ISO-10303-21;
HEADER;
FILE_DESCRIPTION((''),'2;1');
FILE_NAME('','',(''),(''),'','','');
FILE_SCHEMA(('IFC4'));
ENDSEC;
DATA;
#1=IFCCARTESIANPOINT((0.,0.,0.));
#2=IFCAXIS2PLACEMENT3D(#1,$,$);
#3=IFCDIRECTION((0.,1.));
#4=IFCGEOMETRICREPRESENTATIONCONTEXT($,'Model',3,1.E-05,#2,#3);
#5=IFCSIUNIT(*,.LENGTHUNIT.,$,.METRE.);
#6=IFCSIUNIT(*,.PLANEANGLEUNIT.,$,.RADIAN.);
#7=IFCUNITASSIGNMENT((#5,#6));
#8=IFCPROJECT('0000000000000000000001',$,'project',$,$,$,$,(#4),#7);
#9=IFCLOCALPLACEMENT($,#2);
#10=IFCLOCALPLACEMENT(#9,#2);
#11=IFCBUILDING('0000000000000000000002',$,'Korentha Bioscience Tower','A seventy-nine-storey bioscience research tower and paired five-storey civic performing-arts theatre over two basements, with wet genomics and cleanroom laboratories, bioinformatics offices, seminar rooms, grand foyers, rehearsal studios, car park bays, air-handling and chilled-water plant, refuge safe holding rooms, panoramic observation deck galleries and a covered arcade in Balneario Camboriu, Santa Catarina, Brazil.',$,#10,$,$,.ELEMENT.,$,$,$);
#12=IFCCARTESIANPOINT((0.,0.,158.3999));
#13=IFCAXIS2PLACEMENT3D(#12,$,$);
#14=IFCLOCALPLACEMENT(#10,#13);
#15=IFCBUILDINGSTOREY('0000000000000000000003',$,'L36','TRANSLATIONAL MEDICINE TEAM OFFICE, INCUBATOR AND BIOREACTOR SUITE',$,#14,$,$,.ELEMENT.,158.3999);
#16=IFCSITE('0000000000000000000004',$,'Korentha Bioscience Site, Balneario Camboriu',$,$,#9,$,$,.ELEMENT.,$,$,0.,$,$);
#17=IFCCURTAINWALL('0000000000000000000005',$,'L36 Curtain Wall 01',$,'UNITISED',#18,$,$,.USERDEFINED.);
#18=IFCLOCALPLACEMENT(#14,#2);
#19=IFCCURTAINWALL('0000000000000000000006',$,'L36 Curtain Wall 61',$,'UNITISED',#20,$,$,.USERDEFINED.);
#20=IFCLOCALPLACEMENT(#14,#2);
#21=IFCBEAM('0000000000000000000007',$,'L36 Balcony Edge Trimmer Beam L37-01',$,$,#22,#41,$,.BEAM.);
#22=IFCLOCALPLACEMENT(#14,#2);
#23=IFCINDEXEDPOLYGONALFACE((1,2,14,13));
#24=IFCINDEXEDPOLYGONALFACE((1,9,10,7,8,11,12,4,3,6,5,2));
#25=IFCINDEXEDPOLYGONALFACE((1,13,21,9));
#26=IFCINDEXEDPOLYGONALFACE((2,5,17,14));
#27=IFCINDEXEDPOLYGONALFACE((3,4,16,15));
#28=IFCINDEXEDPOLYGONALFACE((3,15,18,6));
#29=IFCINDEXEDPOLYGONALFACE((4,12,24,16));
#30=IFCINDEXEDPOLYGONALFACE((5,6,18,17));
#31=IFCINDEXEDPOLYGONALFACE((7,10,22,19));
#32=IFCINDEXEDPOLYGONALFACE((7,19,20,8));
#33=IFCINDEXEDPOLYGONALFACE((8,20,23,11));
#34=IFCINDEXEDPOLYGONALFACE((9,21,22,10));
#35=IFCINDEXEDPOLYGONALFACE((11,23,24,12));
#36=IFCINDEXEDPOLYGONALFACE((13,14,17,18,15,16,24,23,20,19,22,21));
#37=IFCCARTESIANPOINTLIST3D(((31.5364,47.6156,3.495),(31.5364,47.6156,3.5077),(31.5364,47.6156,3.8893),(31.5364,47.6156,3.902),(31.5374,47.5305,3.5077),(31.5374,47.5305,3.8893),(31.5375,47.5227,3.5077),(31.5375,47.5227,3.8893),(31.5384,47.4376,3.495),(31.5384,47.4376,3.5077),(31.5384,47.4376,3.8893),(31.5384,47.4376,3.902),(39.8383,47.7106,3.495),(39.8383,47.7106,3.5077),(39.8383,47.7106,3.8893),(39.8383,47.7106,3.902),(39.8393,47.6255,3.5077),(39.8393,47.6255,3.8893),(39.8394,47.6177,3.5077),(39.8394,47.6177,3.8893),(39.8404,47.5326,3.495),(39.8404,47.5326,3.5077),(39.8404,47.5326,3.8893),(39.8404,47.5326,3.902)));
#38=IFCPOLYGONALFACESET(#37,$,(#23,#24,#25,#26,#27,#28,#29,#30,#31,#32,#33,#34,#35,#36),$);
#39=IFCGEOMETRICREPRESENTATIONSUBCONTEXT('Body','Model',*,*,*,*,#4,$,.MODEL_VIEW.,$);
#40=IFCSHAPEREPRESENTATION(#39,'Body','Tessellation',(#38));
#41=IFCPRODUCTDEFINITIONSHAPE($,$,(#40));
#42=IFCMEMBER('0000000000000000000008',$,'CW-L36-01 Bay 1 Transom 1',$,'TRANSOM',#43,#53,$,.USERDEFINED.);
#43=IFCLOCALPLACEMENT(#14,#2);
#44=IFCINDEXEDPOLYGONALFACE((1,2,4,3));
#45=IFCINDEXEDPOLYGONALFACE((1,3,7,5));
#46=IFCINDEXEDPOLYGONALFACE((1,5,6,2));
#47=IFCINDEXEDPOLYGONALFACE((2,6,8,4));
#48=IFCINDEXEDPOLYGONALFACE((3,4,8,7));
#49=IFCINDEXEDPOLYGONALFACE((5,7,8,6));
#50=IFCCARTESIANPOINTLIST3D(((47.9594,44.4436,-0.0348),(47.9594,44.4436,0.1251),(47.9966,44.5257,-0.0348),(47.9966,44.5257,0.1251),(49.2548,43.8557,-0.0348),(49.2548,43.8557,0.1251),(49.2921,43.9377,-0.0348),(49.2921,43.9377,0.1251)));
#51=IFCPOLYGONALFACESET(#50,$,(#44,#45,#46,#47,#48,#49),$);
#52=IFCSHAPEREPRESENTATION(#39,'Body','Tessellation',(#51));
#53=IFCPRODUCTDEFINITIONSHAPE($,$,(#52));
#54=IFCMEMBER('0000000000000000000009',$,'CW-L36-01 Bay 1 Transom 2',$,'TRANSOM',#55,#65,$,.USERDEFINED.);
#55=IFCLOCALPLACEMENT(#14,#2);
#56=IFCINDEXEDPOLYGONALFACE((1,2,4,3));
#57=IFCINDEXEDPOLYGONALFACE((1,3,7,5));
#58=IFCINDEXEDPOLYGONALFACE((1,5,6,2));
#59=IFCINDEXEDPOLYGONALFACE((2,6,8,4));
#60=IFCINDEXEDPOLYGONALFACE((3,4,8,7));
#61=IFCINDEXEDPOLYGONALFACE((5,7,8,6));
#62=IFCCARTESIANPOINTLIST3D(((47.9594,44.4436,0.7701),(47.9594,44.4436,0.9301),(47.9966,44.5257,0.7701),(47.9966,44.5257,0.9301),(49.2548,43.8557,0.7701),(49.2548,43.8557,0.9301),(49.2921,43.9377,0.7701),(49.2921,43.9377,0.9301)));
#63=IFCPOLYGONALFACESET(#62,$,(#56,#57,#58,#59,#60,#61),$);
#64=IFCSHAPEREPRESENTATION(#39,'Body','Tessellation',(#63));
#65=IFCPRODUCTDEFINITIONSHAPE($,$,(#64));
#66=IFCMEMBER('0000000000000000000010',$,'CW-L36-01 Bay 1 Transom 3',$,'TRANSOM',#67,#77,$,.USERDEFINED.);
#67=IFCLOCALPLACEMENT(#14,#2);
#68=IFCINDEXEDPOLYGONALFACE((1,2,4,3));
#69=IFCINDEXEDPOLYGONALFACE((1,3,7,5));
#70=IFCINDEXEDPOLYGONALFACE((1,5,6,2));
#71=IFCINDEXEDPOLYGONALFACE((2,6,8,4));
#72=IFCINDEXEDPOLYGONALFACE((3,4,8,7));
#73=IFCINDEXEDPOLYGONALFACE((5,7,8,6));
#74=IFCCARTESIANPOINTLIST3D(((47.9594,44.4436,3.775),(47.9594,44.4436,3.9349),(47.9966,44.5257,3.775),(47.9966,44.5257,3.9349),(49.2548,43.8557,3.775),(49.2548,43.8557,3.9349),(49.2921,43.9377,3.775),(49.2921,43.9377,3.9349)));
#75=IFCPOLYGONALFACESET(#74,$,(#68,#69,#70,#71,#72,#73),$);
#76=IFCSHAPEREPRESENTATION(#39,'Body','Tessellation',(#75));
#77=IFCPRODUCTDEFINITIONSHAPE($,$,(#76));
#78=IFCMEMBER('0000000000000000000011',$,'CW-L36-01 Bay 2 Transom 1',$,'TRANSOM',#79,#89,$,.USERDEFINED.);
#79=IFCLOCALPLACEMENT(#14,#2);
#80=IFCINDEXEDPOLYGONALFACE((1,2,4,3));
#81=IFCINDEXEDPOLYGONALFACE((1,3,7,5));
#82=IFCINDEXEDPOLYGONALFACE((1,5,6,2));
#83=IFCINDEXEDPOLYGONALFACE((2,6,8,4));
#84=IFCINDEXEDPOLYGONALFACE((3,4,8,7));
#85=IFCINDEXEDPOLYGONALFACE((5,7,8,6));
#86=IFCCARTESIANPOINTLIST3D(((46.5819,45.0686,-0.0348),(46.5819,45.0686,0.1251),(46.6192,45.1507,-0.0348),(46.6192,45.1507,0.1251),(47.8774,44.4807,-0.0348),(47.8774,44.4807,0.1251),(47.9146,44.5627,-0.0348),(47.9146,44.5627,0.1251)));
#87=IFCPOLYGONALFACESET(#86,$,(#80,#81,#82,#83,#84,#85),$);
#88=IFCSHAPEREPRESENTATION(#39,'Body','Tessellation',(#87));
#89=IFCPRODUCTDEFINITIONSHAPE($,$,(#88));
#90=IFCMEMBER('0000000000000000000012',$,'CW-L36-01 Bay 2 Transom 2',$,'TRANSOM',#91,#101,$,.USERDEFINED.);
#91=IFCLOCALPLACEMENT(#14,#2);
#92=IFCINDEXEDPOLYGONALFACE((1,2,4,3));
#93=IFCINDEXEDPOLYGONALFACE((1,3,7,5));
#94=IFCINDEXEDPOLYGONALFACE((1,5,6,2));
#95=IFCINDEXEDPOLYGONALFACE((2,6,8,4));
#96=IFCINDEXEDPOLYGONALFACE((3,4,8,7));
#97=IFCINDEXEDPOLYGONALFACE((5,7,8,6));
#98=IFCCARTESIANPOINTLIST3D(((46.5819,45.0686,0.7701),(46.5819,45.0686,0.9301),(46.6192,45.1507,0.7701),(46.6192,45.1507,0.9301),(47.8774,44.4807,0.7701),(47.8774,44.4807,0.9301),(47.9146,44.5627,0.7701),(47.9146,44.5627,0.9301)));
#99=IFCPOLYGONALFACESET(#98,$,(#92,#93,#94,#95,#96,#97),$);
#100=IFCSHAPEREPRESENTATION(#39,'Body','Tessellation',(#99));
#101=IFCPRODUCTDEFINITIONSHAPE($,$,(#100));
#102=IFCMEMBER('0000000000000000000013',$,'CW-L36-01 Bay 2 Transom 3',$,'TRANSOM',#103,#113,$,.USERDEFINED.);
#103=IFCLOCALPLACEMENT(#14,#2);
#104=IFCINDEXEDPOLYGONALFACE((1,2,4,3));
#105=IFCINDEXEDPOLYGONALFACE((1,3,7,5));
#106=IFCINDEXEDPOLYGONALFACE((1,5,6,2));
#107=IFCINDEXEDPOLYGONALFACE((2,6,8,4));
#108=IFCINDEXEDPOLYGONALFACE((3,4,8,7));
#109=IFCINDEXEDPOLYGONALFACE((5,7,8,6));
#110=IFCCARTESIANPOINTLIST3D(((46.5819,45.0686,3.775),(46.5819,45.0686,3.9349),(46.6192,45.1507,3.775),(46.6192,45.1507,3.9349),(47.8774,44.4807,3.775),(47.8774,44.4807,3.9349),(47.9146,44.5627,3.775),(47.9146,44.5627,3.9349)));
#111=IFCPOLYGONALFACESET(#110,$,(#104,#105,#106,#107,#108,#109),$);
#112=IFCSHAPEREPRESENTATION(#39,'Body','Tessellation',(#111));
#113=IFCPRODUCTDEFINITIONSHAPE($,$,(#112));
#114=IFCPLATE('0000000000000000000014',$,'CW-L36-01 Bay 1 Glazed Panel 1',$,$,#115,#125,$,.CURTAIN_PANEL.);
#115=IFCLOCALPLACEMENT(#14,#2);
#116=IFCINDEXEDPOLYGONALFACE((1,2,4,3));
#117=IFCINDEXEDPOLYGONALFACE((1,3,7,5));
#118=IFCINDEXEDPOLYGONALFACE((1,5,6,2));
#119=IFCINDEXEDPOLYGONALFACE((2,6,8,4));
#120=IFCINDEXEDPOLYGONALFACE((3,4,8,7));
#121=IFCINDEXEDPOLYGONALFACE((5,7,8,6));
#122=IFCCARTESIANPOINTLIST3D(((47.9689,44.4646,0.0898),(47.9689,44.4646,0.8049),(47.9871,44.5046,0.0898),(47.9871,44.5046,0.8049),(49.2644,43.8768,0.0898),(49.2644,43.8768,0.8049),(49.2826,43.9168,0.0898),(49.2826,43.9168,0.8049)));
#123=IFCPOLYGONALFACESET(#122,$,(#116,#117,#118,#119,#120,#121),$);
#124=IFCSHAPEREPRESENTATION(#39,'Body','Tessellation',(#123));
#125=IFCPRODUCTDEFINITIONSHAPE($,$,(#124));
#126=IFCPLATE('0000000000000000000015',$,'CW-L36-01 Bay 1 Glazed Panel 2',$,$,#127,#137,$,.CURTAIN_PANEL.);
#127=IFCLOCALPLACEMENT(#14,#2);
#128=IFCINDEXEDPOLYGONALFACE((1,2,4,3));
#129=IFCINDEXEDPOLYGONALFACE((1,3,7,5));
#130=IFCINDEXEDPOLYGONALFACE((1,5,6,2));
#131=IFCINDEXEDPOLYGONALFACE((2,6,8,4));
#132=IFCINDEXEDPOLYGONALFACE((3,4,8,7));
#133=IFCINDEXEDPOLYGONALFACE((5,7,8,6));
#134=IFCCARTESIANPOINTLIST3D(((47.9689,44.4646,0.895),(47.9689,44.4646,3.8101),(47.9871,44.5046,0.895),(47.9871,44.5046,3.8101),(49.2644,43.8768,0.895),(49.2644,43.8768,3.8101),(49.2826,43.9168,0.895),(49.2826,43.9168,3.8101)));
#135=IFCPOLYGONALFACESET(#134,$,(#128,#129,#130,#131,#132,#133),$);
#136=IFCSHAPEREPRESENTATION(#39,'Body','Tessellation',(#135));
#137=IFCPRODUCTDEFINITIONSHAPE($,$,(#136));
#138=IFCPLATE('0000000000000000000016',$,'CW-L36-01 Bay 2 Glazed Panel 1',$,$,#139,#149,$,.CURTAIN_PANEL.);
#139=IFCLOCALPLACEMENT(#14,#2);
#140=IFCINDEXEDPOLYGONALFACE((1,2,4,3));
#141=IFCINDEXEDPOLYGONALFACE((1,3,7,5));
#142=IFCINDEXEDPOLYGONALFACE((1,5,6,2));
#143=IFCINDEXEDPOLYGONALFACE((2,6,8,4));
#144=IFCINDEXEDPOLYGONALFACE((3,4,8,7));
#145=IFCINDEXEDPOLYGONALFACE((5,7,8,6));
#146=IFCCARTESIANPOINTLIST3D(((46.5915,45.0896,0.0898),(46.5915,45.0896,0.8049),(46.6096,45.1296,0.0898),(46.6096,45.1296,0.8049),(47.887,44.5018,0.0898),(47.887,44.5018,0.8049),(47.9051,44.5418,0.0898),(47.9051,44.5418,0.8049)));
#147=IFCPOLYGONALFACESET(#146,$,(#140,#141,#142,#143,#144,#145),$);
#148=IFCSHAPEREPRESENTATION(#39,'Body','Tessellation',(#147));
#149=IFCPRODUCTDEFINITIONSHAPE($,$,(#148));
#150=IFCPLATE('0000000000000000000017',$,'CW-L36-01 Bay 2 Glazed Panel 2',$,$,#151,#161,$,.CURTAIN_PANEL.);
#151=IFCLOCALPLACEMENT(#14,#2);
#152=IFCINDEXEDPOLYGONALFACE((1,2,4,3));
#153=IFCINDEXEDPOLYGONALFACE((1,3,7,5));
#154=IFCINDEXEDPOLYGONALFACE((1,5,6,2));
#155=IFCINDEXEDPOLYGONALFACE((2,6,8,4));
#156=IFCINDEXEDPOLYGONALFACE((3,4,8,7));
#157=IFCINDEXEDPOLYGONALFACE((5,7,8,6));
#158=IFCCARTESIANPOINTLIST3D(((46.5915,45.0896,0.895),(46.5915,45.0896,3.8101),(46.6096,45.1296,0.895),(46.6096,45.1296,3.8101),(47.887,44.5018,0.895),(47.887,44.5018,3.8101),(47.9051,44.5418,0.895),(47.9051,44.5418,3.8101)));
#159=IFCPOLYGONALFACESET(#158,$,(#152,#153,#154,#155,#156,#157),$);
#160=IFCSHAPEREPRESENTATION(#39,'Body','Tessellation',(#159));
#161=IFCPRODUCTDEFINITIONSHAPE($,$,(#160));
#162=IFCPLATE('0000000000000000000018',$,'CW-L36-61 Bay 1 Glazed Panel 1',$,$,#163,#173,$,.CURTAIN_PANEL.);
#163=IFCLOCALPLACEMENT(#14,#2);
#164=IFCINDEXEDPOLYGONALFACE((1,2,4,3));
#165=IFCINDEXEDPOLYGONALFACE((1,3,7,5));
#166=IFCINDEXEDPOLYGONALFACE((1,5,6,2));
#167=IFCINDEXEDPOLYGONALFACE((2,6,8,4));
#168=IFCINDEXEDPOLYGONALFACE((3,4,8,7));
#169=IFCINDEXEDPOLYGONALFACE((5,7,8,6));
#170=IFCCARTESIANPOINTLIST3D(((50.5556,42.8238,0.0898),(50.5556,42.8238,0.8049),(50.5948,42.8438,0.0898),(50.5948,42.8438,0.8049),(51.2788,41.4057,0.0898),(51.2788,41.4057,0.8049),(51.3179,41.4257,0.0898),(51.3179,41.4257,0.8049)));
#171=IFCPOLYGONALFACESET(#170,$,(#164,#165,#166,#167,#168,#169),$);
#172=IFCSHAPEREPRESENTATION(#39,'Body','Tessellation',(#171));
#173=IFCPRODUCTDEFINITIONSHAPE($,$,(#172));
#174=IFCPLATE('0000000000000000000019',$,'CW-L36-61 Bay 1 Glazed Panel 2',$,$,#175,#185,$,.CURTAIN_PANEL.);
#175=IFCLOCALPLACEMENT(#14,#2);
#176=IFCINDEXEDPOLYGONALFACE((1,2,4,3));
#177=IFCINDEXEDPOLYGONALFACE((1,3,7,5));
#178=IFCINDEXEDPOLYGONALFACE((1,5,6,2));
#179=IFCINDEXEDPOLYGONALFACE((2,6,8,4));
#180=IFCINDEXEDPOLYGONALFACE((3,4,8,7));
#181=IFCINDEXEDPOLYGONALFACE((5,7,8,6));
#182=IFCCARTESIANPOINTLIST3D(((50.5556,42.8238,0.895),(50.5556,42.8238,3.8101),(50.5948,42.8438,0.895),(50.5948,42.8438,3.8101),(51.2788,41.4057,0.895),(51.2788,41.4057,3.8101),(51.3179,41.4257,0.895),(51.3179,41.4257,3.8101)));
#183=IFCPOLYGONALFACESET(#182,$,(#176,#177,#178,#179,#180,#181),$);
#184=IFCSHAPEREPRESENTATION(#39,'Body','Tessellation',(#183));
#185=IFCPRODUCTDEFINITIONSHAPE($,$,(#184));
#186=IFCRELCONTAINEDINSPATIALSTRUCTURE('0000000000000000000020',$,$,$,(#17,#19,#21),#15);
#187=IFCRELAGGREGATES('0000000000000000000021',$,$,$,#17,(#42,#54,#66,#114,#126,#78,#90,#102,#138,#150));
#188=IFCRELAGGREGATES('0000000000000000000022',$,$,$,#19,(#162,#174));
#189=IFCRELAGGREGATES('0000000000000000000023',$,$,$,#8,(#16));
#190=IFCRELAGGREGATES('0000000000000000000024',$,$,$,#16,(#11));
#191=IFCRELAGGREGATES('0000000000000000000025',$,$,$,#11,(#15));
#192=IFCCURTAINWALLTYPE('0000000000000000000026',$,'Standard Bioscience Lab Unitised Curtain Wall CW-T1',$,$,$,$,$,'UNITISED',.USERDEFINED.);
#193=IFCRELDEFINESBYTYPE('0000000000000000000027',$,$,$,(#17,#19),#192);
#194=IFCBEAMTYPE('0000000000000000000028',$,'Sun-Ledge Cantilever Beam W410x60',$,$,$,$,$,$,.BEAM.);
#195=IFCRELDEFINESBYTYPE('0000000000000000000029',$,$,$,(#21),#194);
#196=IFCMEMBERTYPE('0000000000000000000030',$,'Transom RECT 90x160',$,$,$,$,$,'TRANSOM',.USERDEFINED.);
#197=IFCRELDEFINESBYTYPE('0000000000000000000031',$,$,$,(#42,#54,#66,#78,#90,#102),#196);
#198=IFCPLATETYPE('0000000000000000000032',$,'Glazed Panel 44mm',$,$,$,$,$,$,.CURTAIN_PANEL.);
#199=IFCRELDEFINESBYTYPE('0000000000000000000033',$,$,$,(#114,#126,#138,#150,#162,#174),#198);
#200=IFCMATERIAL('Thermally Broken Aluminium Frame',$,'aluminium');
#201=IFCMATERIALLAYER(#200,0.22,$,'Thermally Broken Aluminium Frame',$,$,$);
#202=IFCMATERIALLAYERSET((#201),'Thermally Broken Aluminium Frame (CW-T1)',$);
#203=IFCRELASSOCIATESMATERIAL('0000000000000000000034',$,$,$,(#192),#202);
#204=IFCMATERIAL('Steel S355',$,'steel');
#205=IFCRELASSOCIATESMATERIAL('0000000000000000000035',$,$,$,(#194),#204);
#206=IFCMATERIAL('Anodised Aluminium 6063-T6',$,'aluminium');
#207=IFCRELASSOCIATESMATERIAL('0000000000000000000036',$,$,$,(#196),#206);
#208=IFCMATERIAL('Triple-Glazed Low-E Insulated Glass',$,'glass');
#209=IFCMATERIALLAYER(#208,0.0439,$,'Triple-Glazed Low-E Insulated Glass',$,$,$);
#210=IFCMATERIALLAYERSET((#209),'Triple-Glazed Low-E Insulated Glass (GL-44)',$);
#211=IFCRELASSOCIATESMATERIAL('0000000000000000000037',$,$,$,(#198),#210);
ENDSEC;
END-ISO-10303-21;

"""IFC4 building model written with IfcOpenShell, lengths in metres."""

from ifc_helpers import new_model, si_unit, direction, frame, origin, origin_2d, place, context, subcontext, project, spatial, rectangle, i_section, extrude, material, layer, layer_set, material_profile, profile_set, type_object, element, aggregate, save


model = new_model("IFC4")

# Units and contexts
model_context = context("Model", 3, precision=1e-05, world=origin(), true_north=direction((0.0, 1.0)))
body_context = subcontext(model_context, "Body", "Model", "MODEL_VIEW")
ifc_project = project(units=[si_unit("LENGTHUNIT", "METRE"), si_unit("PLANEANGLEUNIT", "RADIAN")], contexts=[model_context])

# Site, building, storey
site_placement = place(None, origin())
site = spatial("IfcSite", under=ifc_project, at=site_placement, Name="Korentha Bioscience Site, Balneario Camboriu", CompositionType="ELEMENT", RefElevation=0.0)
building_placement = place(site_placement, origin())
building = spatial("IfcBuilding", under=site, at=building_placement, Name="Korentha Bioscience Tower", Description="A seventy-nine-storey bioscience research tower and paired five-storey civic performing-arts theatre over two basements, with wet genomics and cleanroom laboratories, bioinformatics offices, seminar rooms, grand foyers, rehearsal studios, car park bays, air-handling and chilled-water plant, refuge safe holding rooms, panoramic observation deck galleries and a covered arcade in Balneario Camboriu, Santa Catarina, Brazil.", CompositionType="ELEMENT")
storey_placement = place(building_placement, frame((0.0, 0.0, 158.3999)))
storey = spatial("IfcBuildingStorey", under=building, at=storey_placement, Name="L36", Description="TRANSLATIONAL MEDICINE TEAM OFFICE, INCUBATOR AND BIOREACTOR SUITE", CompositionType="ELEMENT", Elevation=158.3999)

# Curtain wall
ifc_material_1 = material(Name="Thermally Broken Aluminium Frame", Category="aluminium")
ifc_layer_1 = layer(ifc_material_1, 0.22, Name="Thermally Broken Aluminium Frame")
ifc_layer_set_1 = layer_set([ifc_layer_1], Name="Thermally Broken Aluminium Frame (CW-T1)")
curtain_wall_type = type_object("IfcCurtainWallType", Name="Standard Bioscience Lab Unitised Curtain Wall CW-T1", ElementType="UNITISED", PredefinedType="USERDEFINED", material=ifc_layer_set_1)
curtain_wall_1_placement = place(storey_placement, origin())
curtain_wall_1 = element("IfcCurtainWall", 1, at=curtain_wall_1_placement, inside=storey, type_object=curtain_wall_type, Name="L36 Curtain Wall 01", ObjectType="UNITISED", PredefinedType="USERDEFINED")
ifc_material_2 = material(Name="Anodised Aluminium 6063-T6", Category="aluminium")

# Curtain wall
curtain_wall_2_placement = place(storey_placement, origin())
curtain_wall_2 = element("IfcCurtainWall", 2, at=curtain_wall_2_placement, inside=storey, type_object=curtain_wall_type, Name="L36 Curtain Wall 61", ObjectType="UNITISED", PredefinedType="USERDEFINED")

# Beam
ifc_material_3 = material(Name="Steel S355", Category="steel")
ifc_material_profile_1 = material_profile(ifc_material_3, i_section(OverallWidth=0.178, OverallDepth=0.407, WebThickness=0.0078, FlangeThickness=0.0127, at=origin_2d()), Name="Steel S355")
ifc_profile_set_1 = profile_set([ifc_material_profile_1], Name="Steel S355 (CB-410)")
beam_type_1 = type_object("IfcBeamType", Name="Sun-Ledge Cantilever Beam W410x60", PredefinedType="BEAM", material=ifc_profile_set_1)
beam_1_placement = place(storey_placement, frame((39.8394, 47.6216, 3.6985), z_axis=(-0.999935, -0.011439, 0.0), x_axis=(0.011439, -0.999935, 0.0)))
element("IfcBeam", 3, at=beam_1_placement, inside=storey, type_object=beam_type_1, Name="L36 Balcony Edge Trimmer Beam L37-01", PredefinedType="BEAM", context=body_context, shape_type="SweptSolid", body=[
    extrude(i_section(OverallWidth=0.178, OverallDepth=0.407, WebThickness=0.0078, FlangeThickness=0.0127, at=origin_2d()), origin(), (0.0, 0.0, 1.0), 8.3025),
])

# Members
ifc_material_profile_2 = material_profile(ifc_material_2, rectangle(XDim=0.0901, YDim=0.1599, at=origin_2d()), Name="Anodised Aluminium 6063-T6")
ifc_profile_set_2 = profile_set([ifc_material_profile_2], Name="Anodised Aluminium 6063-T6 (CW-TRN)")
member_type_1 = type_object("IfcMemberType", Name="Transom RECT 90x160", ElementType="TRANSOM", PredefinedType="USERDEFINED", material=ifc_profile_set_2)
member_1_placement = place(storey_placement, frame((49.2734, 43.8967, 0.0452), z_axis=(-0.910613, 0.41326, 0.0), x_axis=(-0.41326, -0.910613, 0.0)))
member_1 = element("IfcMember", 4, at=member_1_placement, type_object=member_type_1, Name="CW-L36-01 Bay 1 Transom 1", ObjectType="TRANSOM", PredefinedType="USERDEFINED", context=body_context, shape_type="SweptSolid", body=[
    extrude(rectangle(XDim=0.0901, YDim=0.1599, at=origin_2d()), origin(), (0.0, 0.0, 1.0), 1.4226),
])
member_2_placement = place(storey_placement, frame((49.2734, 43.8967, 0.8501), z_axis=(-0.910613, 0.41326, 0.0), x_axis=(-0.41326, -0.910613, 0.0)))
member_2 = element("IfcMember", 5, at=member_2_placement, type_object=member_type_1, Name="CW-L36-01 Bay 1 Transom 2", ObjectType="TRANSOM", PredefinedType="USERDEFINED", context=body_context, shape_type="SweptSolid", body=[
    extrude(rectangle(XDim=0.0901, YDim=0.1599, at=origin_2d()), origin(), (0.0, 0.0, 1.0), 1.4226),
])
member_3_placement = place(storey_placement, frame((49.2734, 43.8967, 3.855), z_axis=(-0.910613, 0.41326, 0.0), x_axis=(-0.41326, -0.910613, 0.0)))
member_3 = element("IfcMember", 6, at=member_3_placement, type_object=member_type_1, Name="CW-L36-01 Bay 1 Transom 3", ObjectType="TRANSOM", PredefinedType="USERDEFINED", context=body_context, shape_type="SweptSolid", body=[
    extrude(rectangle(XDim=0.0901, YDim=0.1599, at=origin_2d()), origin(), (0.0, 0.0, 1.0), 1.4226),
])
member_4_placement = place(storey_placement, frame((47.896, 44.5217, 0.0452), z_axis=(-0.910613, 0.41326, 0.0), x_axis=(-0.41326, -0.910613, 0.0)))
member_4 = element("IfcMember", 7, at=member_4_placement, type_object=member_type_1, Name="CW-L36-01 Bay 2 Transom 1", ObjectType="TRANSOM", PredefinedType="USERDEFINED", context=body_context, shape_type="SweptSolid", body=[
    extrude(rectangle(XDim=0.0901, YDim=0.1599, at=origin_2d()), origin(), (0.0, 0.0, 1.0), 1.4226),
])
member_5_placement = place(storey_placement, frame((47.896, 44.5217, 0.8501), z_axis=(-0.910613, 0.41326, 0.0), x_axis=(-0.41326, -0.910613, 0.0)))
member_5 = element("IfcMember", 8, at=member_5_placement, type_object=member_type_1, Name="CW-L36-01 Bay 2 Transom 2", ObjectType="TRANSOM", PredefinedType="USERDEFINED", context=body_context, shape_type="SweptSolid", body=[
    extrude(rectangle(XDim=0.0901, YDim=0.1599, at=origin_2d()), origin(), (0.0, 0.0, 1.0), 1.4226),
])
member_6_placement = place(storey_placement, frame((47.896, 44.5217, 3.855), z_axis=(-0.910613, 0.41326, 0.0), x_axis=(-0.41326, -0.910613, 0.0)))
member_6 = element("IfcMember", 9, at=member_6_placement, type_object=member_type_1, Name="CW-L36-01 Bay 2 Transom 3", ObjectType="TRANSOM", PredefinedType="USERDEFINED", context=body_context, shape_type="SweptSolid", body=[
    extrude(rectangle(XDim=0.0901, YDim=0.1599, at=origin_2d()), origin(), (0.0, 0.0, 1.0), 1.4226),
])

# Plates
ifc_material_4 = material(Name="Triple-Glazed Low-E Insulated Glass", Category="glass")
ifc_layer_2 = layer(ifc_material_4, 0.0439, Name="Triple-Glazed Low-E Insulated Glass")
ifc_layer_set_2 = layer_set([ifc_layer_2], Name="Triple-Glazed Low-E Insulated Glass (GL-44)")
plate_type = type_object("IfcPlateType", Name="Glazed Panel 44mm", PredefinedType="CURTAIN_PANEL", material=ifc_layer_set_2)
plate_1_placement = place(storey_placement, frame((48.6257, 44.1907, 0.0898), z_axis=(0.0, 0.0, 1.0), x_axis=(-0.910644, 0.413191, 0.0)))
plate_1 = element("IfcPlate", 10, at=plate_1_placement, type_object=plate_type, Name="CW-L36-01 Bay 1 Glazed Panel 1", PredefinedType="CURTAIN_PANEL", context=body_context, shape_type="SweptSolid", body=[
    extrude(rectangle(XDim=1.4226, YDim=0.0439, at=origin_2d()), origin(), (0.0, 0.0, 1.0), 0.7151),
])
plate_2_placement = place(storey_placement, frame((48.6257, 44.1907, 0.895), z_axis=(0.0, 0.0, 1.0), x_axis=(-0.910644, 0.413191, 0.0)))
plate_2 = element("IfcPlate", 11, at=plate_2_placement, type_object=plate_type, Name="CW-L36-01 Bay 1 Glazed Panel 2", PredefinedType="CURTAIN_PANEL", context=body_context, shape_type="SweptSolid", body=[
    extrude(rectangle(XDim=1.4226, YDim=0.0439, at=origin_2d()), origin(), (0.0, 0.0, 1.0), 2.915),
])
plate_3_placement = place(storey_placement, frame((47.2483, 44.8157, 0.0898), z_axis=(0.0, 0.0, 1.0), x_axis=(-0.910644, 0.413191, 0.0)))
plate_3 = element("IfcPlate", 12, at=plate_3_placement, type_object=plate_type, Name="CW-L36-01 Bay 2 Glazed Panel 1", PredefinedType="CURTAIN_PANEL", context=body_context, shape_type="SweptSolid", body=[
    extrude(rectangle(XDim=1.4226, YDim=0.0439, at=origin_2d()), origin(), (0.0, 0.0, 1.0), 0.7151),
])
plate_4_placement = place(storey_placement, frame((47.2483, 44.8157, 0.895), z_axis=(0.0, 0.0, 1.0), x_axis=(-0.910644, 0.413191, 0.0)))
plate_4 = element("IfcPlate", 13, at=plate_4_placement, type_object=plate_type, Name="CW-L36-01 Bay 2 Glazed Panel 2", PredefinedType="CURTAIN_PANEL", context=body_context, shape_type="SweptSolid", body=[
    extrude(rectangle(XDim=1.4226, YDim=0.0439, at=origin_2d()), origin(), (0.0, 0.0, 1.0), 2.915),
])
aggregate(curtain_wall_1, [member_1, member_2, member_3, plate_1, plate_2, member_4, member_5, member_6, plate_3, plate_4])
plate_5_placement = place(storey_placement, frame((50.9368, 42.1248, 0.0898), z_axis=(0.0, 0.0, 1.0), x_axis=(-0.454288, 0.890855, 0.0)))
plate_5 = element("IfcPlate", 14, at=plate_5_placement, type_object=plate_type, Name="CW-L36-61 Bay 1 Glazed Panel 1", PredefinedType="CURTAIN_PANEL", context=body_context, shape_type="SweptSolid", body=[
    extrude(rectangle(XDim=1.5918, YDim=0.0439, at=origin_2d()), origin(), (0.0, 0.0, 1.0), 0.7151),
])
plate_6_placement = place(storey_placement, frame((50.9368, 42.1248, 0.895), z_axis=(0.0, 0.0, 1.0), x_axis=(-0.454288, 0.890855, 0.0)))
plate_6 = element("IfcPlate", 15, at=plate_6_placement, type_object=plate_type, Name="CW-L36-61 Bay 1 Glazed Panel 2", PredefinedType="CURTAIN_PANEL", context=body_context, shape_type="SweptSolid", body=[
    extrude(rectangle(XDim=1.5918, YDim=0.0439, at=origin_2d()), origin(), (0.0, 0.0, 1.0), 2.915),
])
aggregate(curtain_wall_2, [plate_5, plate_6])

save(model, "model.ifc")
